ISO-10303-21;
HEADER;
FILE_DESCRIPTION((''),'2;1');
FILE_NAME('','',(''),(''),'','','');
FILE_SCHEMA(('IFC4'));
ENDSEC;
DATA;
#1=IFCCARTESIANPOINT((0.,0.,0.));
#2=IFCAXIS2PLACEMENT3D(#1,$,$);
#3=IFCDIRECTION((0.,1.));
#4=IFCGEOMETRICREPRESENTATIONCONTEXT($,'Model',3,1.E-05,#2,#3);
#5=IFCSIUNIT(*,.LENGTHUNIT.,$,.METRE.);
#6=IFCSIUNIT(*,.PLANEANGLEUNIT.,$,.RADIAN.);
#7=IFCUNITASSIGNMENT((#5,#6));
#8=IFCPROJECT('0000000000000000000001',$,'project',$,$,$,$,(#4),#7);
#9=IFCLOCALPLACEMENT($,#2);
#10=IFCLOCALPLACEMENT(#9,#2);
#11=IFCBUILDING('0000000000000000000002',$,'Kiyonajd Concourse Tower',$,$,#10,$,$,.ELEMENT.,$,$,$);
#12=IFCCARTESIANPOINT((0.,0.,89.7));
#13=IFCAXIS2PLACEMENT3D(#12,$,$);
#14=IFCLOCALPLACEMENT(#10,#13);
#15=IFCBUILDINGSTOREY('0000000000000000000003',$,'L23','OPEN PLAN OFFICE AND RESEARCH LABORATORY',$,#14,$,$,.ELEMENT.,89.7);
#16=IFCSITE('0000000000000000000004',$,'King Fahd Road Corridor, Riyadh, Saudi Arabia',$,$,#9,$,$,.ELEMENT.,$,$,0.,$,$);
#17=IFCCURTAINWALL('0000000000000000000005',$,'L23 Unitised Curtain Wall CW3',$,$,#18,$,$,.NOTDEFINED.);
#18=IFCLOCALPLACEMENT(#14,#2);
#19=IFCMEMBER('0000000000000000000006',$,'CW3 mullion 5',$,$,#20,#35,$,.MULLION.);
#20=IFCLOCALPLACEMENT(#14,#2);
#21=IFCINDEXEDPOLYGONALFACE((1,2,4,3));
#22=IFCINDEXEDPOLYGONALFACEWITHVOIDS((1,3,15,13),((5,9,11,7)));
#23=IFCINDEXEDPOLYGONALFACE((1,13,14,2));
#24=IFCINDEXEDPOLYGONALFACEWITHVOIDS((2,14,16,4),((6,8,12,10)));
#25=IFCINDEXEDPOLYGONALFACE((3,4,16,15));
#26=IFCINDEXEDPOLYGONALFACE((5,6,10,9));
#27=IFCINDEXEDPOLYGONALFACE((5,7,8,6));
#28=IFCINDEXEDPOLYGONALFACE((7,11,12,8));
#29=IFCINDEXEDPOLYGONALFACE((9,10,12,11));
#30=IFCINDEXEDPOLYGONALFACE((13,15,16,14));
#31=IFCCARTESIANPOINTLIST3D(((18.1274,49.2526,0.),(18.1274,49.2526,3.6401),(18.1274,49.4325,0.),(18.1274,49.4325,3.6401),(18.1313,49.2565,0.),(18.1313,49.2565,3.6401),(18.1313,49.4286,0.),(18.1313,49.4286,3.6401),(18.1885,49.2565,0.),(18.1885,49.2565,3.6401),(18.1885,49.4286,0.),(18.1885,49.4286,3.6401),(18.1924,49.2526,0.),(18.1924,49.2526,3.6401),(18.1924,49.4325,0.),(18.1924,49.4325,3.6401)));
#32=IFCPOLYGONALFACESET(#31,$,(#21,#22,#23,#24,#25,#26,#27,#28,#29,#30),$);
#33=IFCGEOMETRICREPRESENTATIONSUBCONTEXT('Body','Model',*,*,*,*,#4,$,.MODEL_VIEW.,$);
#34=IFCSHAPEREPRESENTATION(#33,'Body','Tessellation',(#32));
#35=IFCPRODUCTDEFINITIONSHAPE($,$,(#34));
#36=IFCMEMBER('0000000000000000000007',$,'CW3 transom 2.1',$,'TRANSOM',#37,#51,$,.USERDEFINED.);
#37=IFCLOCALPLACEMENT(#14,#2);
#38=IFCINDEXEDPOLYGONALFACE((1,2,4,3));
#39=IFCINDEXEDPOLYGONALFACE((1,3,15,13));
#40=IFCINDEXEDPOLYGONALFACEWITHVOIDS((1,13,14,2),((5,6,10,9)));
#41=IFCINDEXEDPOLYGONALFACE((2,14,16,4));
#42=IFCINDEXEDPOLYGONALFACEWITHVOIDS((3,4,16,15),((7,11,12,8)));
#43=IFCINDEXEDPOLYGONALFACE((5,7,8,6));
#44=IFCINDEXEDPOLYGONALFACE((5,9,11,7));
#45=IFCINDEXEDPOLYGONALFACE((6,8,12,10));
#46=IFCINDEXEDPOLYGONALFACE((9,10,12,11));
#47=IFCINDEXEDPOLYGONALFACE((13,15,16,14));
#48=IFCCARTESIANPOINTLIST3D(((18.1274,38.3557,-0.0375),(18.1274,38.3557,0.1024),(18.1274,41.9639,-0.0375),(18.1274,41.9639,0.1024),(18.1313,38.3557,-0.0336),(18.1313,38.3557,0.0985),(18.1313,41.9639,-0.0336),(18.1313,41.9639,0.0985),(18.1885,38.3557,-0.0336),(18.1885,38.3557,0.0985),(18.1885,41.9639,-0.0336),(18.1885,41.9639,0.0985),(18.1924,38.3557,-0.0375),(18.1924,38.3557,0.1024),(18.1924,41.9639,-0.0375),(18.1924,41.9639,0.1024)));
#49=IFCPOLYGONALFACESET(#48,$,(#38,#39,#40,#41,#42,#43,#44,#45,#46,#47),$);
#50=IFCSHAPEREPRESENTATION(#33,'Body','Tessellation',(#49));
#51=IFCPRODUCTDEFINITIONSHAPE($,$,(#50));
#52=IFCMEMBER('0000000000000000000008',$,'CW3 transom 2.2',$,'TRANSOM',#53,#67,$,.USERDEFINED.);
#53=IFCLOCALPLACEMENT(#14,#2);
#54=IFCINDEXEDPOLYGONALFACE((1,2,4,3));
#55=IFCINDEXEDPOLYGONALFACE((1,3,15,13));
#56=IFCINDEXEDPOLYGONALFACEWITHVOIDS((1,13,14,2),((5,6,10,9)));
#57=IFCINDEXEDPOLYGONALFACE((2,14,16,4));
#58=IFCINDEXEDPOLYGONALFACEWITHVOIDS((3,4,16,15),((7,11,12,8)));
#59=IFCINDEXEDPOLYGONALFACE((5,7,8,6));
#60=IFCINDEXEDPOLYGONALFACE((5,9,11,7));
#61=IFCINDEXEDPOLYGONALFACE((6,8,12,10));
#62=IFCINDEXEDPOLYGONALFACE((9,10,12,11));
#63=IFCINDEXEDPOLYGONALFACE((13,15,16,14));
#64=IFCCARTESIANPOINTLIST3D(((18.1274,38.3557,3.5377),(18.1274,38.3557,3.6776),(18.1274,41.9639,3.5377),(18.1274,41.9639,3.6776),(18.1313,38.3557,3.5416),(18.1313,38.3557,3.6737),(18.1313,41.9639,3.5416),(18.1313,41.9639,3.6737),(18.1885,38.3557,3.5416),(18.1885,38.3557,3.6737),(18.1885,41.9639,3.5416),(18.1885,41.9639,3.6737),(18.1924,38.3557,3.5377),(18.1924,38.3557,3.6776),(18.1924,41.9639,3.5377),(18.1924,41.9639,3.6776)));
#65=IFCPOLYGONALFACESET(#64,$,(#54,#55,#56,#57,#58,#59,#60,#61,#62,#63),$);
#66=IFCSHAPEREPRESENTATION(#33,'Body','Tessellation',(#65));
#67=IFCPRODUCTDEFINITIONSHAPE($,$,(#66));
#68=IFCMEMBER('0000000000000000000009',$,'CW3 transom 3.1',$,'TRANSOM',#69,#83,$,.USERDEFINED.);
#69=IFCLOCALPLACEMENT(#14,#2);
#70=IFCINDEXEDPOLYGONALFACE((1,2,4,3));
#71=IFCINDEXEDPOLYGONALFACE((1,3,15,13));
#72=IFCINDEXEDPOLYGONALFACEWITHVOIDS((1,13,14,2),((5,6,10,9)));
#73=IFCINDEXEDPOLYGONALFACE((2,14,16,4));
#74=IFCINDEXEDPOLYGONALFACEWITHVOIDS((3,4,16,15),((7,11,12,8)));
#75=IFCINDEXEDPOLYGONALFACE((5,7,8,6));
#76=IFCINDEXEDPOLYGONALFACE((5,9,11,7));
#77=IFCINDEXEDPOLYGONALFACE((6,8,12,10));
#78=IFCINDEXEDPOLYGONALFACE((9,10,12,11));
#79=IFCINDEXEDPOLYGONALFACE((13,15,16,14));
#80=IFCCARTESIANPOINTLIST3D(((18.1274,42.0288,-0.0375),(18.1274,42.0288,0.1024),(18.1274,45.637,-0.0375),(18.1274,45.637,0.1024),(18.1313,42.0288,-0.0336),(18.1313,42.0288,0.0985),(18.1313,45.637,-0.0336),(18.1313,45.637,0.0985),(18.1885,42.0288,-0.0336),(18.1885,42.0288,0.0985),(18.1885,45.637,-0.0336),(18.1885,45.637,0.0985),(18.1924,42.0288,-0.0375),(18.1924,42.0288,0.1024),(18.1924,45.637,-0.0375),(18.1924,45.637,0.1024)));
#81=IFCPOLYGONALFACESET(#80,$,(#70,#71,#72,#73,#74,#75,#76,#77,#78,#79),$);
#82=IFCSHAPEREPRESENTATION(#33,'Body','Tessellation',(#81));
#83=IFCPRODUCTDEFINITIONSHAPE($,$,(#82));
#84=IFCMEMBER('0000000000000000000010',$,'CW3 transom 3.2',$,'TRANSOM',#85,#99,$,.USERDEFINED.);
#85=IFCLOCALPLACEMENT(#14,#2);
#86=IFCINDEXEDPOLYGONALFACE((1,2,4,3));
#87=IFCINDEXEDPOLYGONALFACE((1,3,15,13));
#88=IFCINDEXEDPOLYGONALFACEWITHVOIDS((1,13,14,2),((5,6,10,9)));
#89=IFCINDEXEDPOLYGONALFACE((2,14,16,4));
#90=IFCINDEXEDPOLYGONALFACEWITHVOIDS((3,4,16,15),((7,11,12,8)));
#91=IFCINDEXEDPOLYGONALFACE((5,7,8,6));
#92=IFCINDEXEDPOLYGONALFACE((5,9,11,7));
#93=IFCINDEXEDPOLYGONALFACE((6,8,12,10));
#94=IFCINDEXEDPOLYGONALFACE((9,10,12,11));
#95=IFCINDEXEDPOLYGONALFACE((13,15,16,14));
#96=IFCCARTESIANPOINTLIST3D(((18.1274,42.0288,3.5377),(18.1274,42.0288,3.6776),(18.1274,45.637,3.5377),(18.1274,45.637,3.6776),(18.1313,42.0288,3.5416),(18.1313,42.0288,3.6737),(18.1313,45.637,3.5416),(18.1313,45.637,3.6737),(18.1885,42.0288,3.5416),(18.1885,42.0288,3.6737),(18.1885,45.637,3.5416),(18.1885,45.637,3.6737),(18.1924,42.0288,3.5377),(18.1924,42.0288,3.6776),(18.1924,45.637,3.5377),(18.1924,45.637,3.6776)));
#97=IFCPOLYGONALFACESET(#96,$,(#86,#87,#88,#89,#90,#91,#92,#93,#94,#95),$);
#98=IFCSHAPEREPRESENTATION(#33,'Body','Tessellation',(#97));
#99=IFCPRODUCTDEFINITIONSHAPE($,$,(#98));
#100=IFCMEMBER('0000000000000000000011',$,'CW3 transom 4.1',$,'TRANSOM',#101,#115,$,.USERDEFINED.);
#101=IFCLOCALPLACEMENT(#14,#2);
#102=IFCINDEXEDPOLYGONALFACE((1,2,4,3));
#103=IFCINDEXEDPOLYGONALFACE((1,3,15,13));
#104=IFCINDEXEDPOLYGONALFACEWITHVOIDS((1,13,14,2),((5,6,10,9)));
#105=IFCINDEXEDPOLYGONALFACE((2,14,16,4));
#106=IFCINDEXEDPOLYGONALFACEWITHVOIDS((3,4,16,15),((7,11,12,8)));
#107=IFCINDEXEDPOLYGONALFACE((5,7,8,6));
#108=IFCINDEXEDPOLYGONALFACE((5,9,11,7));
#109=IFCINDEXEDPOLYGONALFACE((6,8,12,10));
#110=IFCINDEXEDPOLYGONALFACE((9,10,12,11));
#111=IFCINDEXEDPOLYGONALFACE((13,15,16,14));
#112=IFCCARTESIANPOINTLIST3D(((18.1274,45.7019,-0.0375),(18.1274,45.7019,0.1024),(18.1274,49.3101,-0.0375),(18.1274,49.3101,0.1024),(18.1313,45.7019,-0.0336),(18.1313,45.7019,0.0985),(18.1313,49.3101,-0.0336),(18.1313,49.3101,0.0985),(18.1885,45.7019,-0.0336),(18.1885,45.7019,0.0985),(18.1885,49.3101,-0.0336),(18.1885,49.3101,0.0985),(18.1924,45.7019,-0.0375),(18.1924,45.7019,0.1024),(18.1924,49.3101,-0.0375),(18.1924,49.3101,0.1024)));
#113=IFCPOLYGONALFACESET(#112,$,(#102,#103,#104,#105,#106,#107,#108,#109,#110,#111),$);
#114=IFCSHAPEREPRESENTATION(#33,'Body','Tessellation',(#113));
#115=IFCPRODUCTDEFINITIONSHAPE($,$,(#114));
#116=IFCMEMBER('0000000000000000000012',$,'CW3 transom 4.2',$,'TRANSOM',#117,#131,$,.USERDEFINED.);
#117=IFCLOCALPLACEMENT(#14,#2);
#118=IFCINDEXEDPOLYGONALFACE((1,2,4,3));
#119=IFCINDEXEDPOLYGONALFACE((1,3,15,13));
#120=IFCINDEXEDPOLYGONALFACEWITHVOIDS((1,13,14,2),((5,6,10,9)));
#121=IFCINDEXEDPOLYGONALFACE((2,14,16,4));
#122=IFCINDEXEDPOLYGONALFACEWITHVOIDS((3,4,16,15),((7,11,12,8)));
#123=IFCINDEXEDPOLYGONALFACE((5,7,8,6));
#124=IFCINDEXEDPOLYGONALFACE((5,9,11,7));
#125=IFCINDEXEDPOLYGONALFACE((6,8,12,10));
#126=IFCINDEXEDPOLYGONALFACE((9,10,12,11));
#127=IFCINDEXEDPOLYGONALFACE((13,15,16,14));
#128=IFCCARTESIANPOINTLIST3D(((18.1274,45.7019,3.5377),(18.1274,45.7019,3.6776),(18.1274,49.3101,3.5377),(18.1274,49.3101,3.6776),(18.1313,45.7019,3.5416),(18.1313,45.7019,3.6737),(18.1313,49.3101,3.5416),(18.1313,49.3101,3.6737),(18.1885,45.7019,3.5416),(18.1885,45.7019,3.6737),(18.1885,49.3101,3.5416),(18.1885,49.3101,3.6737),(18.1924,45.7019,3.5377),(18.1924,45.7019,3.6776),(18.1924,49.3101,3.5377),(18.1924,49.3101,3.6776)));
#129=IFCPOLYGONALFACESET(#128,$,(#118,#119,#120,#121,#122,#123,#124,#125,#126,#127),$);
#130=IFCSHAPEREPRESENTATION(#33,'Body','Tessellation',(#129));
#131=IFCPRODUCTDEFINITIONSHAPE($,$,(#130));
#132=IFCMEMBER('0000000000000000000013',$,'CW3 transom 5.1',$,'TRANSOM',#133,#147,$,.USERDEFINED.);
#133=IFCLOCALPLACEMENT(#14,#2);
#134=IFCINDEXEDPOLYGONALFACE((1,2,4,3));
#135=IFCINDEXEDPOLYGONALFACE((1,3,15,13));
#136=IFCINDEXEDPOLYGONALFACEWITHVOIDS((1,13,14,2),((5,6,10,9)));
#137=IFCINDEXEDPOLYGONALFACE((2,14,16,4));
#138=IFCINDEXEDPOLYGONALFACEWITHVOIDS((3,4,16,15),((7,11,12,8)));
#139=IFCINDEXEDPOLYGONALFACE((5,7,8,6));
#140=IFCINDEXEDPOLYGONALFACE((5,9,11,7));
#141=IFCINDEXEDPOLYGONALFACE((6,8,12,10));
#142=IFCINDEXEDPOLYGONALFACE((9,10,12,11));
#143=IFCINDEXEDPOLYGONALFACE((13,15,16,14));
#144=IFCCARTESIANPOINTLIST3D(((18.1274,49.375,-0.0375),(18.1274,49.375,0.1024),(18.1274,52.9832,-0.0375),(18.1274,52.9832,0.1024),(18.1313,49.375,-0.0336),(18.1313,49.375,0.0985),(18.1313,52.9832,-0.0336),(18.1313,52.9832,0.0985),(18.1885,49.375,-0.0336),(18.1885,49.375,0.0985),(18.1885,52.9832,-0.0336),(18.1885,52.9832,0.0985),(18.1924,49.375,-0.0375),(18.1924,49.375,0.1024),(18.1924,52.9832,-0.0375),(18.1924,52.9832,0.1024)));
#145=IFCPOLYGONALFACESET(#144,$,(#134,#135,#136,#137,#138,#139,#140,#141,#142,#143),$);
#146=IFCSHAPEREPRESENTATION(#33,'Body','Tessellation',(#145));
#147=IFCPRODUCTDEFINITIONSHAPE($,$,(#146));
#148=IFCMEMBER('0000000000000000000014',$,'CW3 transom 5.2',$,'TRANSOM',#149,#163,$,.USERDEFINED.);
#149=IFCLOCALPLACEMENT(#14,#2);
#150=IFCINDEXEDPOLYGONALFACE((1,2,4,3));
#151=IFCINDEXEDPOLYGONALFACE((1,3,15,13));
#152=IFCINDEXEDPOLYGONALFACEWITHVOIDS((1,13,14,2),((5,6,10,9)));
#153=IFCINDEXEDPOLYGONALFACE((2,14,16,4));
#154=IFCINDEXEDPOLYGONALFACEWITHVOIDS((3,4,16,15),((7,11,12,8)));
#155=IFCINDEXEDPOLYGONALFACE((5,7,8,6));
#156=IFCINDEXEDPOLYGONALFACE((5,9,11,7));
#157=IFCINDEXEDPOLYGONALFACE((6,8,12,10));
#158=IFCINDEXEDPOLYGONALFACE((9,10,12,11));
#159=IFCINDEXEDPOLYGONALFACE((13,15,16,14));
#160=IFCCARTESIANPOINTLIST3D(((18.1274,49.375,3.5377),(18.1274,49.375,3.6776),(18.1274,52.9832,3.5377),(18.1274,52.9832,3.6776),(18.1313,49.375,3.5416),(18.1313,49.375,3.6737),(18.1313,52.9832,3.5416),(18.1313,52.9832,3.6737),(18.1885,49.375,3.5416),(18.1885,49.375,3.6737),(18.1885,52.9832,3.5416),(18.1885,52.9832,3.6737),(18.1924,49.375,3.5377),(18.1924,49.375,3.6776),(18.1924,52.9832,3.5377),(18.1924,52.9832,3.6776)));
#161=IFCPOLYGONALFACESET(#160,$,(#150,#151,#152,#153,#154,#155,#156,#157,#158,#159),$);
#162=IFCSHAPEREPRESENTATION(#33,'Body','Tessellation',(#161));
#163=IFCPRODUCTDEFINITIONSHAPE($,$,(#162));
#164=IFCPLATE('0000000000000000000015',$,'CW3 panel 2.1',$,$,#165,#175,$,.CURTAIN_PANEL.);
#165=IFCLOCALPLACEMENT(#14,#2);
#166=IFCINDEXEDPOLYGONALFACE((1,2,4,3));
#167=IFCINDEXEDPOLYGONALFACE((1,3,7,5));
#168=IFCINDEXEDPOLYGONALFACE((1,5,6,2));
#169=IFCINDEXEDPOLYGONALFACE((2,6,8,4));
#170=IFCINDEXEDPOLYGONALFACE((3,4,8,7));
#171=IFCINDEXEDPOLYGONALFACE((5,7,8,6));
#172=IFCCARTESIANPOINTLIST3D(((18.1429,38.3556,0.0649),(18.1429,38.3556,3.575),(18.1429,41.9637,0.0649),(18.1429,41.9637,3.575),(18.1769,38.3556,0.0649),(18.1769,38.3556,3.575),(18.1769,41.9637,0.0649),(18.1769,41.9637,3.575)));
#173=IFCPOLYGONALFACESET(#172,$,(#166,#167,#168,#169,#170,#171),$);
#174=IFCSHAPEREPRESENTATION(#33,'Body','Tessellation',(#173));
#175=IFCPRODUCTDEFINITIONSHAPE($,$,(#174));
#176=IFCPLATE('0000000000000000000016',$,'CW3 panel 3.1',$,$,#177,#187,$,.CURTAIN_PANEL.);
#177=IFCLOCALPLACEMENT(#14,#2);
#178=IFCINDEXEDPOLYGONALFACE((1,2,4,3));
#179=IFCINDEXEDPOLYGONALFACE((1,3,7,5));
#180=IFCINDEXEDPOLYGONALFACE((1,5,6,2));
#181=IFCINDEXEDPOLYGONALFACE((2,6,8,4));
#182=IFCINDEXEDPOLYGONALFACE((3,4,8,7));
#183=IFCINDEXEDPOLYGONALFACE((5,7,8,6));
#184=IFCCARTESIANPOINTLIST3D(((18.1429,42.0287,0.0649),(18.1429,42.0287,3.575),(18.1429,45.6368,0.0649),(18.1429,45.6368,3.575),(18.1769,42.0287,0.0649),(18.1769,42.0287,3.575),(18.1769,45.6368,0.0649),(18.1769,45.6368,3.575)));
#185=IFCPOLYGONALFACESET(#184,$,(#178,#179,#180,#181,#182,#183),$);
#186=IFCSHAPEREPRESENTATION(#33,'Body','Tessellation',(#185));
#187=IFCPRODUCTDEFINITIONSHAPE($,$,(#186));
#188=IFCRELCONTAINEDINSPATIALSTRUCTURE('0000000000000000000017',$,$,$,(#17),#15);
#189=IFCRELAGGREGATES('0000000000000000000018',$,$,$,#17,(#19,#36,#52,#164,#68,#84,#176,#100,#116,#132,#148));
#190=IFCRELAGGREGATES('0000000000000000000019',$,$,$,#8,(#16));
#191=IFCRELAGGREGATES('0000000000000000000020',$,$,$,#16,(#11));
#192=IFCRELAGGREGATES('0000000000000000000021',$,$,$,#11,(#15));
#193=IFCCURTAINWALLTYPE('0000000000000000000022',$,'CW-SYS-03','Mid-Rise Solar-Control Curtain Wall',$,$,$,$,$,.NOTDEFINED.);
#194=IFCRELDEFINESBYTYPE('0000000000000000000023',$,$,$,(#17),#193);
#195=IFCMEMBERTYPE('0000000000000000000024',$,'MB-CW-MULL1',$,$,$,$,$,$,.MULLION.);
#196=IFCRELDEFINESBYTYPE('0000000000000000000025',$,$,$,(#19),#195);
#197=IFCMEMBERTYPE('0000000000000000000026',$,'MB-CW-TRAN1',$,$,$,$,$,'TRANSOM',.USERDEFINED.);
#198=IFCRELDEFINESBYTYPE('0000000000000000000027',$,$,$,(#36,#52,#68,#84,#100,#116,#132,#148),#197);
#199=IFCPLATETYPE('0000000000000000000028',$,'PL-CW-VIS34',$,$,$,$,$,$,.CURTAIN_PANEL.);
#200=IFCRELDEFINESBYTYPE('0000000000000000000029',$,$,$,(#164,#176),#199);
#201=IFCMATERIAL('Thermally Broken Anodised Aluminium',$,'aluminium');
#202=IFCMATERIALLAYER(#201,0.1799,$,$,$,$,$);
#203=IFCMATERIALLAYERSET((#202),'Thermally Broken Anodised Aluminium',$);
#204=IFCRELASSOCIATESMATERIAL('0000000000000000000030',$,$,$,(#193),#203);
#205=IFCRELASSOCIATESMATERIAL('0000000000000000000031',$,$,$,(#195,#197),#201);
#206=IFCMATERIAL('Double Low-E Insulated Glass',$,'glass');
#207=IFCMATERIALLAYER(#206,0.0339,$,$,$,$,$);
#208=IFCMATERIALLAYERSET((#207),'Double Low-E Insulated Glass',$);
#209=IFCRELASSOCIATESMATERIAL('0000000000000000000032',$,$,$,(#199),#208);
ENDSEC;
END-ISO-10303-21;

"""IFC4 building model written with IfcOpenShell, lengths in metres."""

from ifc_helpers import new_model, si_unit, direction, frame, origin, origin_2d, place, context, subcontext, project, spatial, rectangle, hollow_rectangle, extrude, material, layer, layer_set, material_profile, profile_set, type_object, element, aggregate, save


model = new_model("IFC4")

# Units and contexts
model_context = context("Model", 3, precision=1e-05, world=origin(), true_north=direction((0.0, 1.0)))
body_context = subcontext(model_context, "Body", "Model", "MODEL_VIEW")
ifc_project = project(units=[si_unit("LENGTHUNIT", "METRE"), si_unit("PLANEANGLEUNIT", "RADIAN")], contexts=[model_context])

# Site, building, storey
site_placement = place(None, origin())
site = spatial("IfcSite", under=ifc_project, at=site_placement, Name="King Fahd Road Corridor, Riyadh, Saudi Arabia", CompositionType="ELEMENT", RefElevation=0.0)
building_placement = place(site_placement, origin())
building = spatial("IfcBuilding", under=site, at=building_placement, Name="Kiyonajd Concourse Tower", CompositionType="ELEMENT")
storey_placement = place(building_placement, frame((0.0, 0.0, 89.7)))
storey = spatial("IfcBuildingStorey", under=building, at=storey_placement, Name="L23", Description="OPEN PLAN OFFICE AND RESEARCH LABORATORY", CompositionType="ELEMENT", Elevation=89.7)

# Curtain wall, members, plates
ifc_material_1 = material(Name="Thermally Broken Anodised Aluminium", Category="aluminium")
ifc_layer_1 = layer(ifc_material_1, 0.1799)
ifc_layer_set_1 = layer_set([ifc_layer_1], Name="Thermally Broken Anodised Aluminium")
curtain_wall_type = type_object("IfcCurtainWallType", Name="CW-SYS-03", Description="Mid-Rise Solar-Control Curtain Wall", PredefinedType="NOTDEFINED", material=ifc_layer_set_1)
curtain_wall_placement = place(storey_placement, origin())
curtain_wall = element("IfcCurtainWall", 1, at=curtain_wall_placement, inside=storey, type_object=curtain_wall_type, Name="L23 Unitised Curtain Wall CW3", PredefinedType="NOTDEFINED")
ifc_material_profile_1 = material_profile(ifc_material_1, hollow_rectangle(XDim=0.0649, YDim=0.1799, WallThickness=0.0039, at=origin_2d()), Name="MULL-65x180")
ifc_profile_set_1 = profile_set([ifc_material_profile_1], Name="Thermally Broken Anodised Aluminium")
member_type_1 = type_object("IfcMemberType", Name="MB-CW-MULL1", PredefinedType="MULLION", material=ifc_profile_set_1)
member_1_placement = place(storey_placement, frame((18.1599, 49.3425, 0.0), z_axis=(0.0, 0.0, 1.0), x_axis=(-1.0, 0.0, 0.0)))
member_1 = element("IfcMember", 2, at=member_1_placement, type_object=member_type_1, Name="CW3 mullion 5", PredefinedType="MULLION", context=body_context, shape_type="SweptSolid", body=[
    extrude(hollow_rectangle(XDim=0.0649, YDim=0.1799, WallThickness=0.0039, at=origin_2d()), origin(), (0.0, 0.0, 1.0), 3.6401),
])
ifc_material_profile_2 = material_profile(ifc_material_1, hollow_rectangle(XDim=0.0649, YDim=0.1399, WallThickness=0.0039, at=origin_2d()), Name="TRAN-65x140")
ifc_profile_set_2 = profile_set([ifc_material_profile_2], Name="Thermally Broken Anodised Aluminium")
member_type_2 = type_object("IfcMemberType", Name="MB-CW-TRAN1", ElementType="TRANSOM", PredefinedType="USERDEFINED", material=ifc_profile_set_2)
member_2_placement = place(storey_placement, frame((18.1599, 38.3557, 0.0325), z_axis=(0.0, 1.0, 0.0), x_axis=(-1.0, 0.0, 0.0)))
member_2 = element("IfcMember", 3, at=member_2_placement, type_object=member_type_2, Name="CW3 transom 2.1", ObjectType="TRANSOM", PredefinedType="USERDEFINED", context=body_context, shape_type="SweptSolid", body=[
    extrude(hollow_rectangle(XDim=0.0649, YDim=0.1399, WallThickness=0.0039, at=origin_2d()), origin(), (0.0, 0.0, 1.0), 3.6082),
])
member_3_placement = place(storey_placement, frame((18.1599, 38.3557, 3.6077), z_axis=(0.0, 1.0, 0.0), x_axis=(-1.0, 0.0, 0.0)))
member_3 = element("IfcMember", 4, at=member_3_placement, type_object=member_type_2, Name="CW3 transom 2.2", ObjectType="TRANSOM", PredefinedType="USERDEFINED", context=body_context, shape_type="SweptSolid", body=[
    extrude(hollow_rectangle(XDim=0.0649, YDim=0.1399, WallThickness=0.0039, at=origin_2d()), origin(), (0.0, 0.0, 1.0), 3.6082),
])
member_4_placement = place(storey_placement, frame((18.1599, 42.0288, 0.0325), z_axis=(0.0, 1.0, 0.0), x_axis=(-1.0, 0.0, 0.0)))
member_4 = element("IfcMember", 5, at=member_4_placement, type_object=member_type_2, Name="CW3 transom 3.1", ObjectType="TRANSOM", PredefinedType="USERDEFINED", context=body_context, shape_type="SweptSolid", body=[
    extrude(hollow_rectangle(XDim=0.0649, YDim=0.1399, WallThickness=0.0039, at=origin_2d()), origin(), (0.0, 0.0, 1.0), 3.6082),
])
member_5_placement = place(storey_placement, frame((18.1599, 42.0288, 3.6077), z_axis=(0.0, 1.0, 0.0), x_axis=(-1.0, 0.0, 0.0)))
member_5 = element("IfcMember", 6, at=member_5_placement, type_object=member_type_2, Name="CW3 transom 3.2", ObjectType="TRANSOM", PredefinedType="USERDEFINED", context=body_context, shape_type="SweptSolid", body=[
    extrude(hollow_rectangle(XDim=0.0649, YDim=0.1399, WallThickness=0.0039, at=origin_2d()), origin(), (0.0, 0.0, 1.0), 3.6082),
])
member_6_placement = place(storey_placement, frame((18.1599, 45.7019, 0.0325), z_axis=(0.0, 1.0, 0.0), x_axis=(-1.0, 0.0, 0.0)))
member_6 = element("IfcMember", 7, at=member_6_placement, type_object=member_type_2, Name="CW3 transom 4.1", ObjectType="TRANSOM", PredefinedType="USERDEFINED", context=body_context, shape_type="SweptSolid", body=[
    extrude(hollow_rectangle(XDim=0.0649, YDim=0.1399, WallThickness=0.0039, at=origin_2d()), origin(), (0.0, 0.0, 1.0), 3.6082),
])
member_7_placement = place(storey_placement, frame((18.1599, 45.7019, 3.6077), z_axis=(0.0, 1.0, 0.0), x_axis=(-1.0, 0.0, 0.0)))
member_7 = element("IfcMember", 8, at=member_7_placement, type_object=member_type_2, Name="CW3 transom 4.2", ObjectType="TRANSOM", PredefinedType="USERDEFINED", context=body_context, shape_type="SweptSolid", body=[
    extrude(hollow_rectangle(XDim=0.0649, YDim=0.1399, WallThickness=0.0039, at=origin_2d()), origin(), (0.0, 0.0, 1.0), 3.6082),
])
member_8_placement = place(storey_placement, frame((18.1599, 49.375, 0.0325), z_axis=(0.0, 1.0, 0.0), x_axis=(-1.0, 0.0, 0.0)))
member_8 = element("IfcMember", 9, at=member_8_placement, type_object=member_type_2, Name="CW3 transom 5.1", ObjectType="TRANSOM", PredefinedType="USERDEFINED", context=body_context, shape_type="SweptSolid", body=[
    extrude(hollow_rectangle(XDim=0.0649, YDim=0.1399, WallThickness=0.0039, at=origin_2d()), origin(), (0.0, 0.0, 1.0), 3.6082),
])
member_9_placement = place(storey_placement, frame((18.1599, 49.375, 3.6077), z_axis=(0.0, 1.0, 0.0), x_axis=(-1.0, 0.0, 0.0)))
member_9 = element("IfcMember", 10, at=member_9_placement, type_object=member_type_2, Name="CW3 transom 5.2", ObjectType="TRANSOM", PredefinedType="USERDEFINED", context=body_context, shape_type="SweptSolid", body=[
    extrude(hollow_rectangle(XDim=0.0649, YDim=0.1399, WallThickness=0.0039, at=origin_2d()), origin(), (0.0, 0.0, 1.0), 3.6082),
])
ifc_material_2 = material(Name="Double Low-E Insulated Glass", Category="glass")
ifc_layer_2 = layer(ifc_material_2, 0.0339)
ifc_layer_set_2 = layer_set([ifc_layer_2], Name="Double Low-E Insulated Glass")
plate_type = type_object("IfcPlateType", Name="PL-CW-VIS34", PredefinedType="CURTAIN_PANEL", material=ifc_layer_set_2)
plate_1_placement = place(storey_placement, frame((18.1599, 40.1597, 0.0649), z_axis=(0.0, 0.0, 1.0), x_axis=(0.0, 1.0, 0.0)))
plate_1 = element("IfcPlate", 11, at=plate_1_placement, type_object=plate_type, Name="CW3 panel 2.1", PredefinedType="CURTAIN_PANEL", context=body_context, shape_type="SweptSolid", body=[
    extrude(rectangle(XDim=3.6082, YDim=0.0339, at=origin_2d()), origin(), (0.0, 0.0, 1.0), 3.51),
])
plate_2_placement = place(storey_placement, frame((18.1599, 43.8328, 0.0649), z_axis=(0.0, 0.0, 1.0), x_axis=(0.0, 1.0, 0.0)))
plate_2 = element("IfcPlate", 12, at=plate_2_placement, type_object=plate_type, Name="CW3 panel 3.1", PredefinedType="CURTAIN_PANEL", context=body_context, shape_type="SweptSolid", body=[
    extrude(rectangle(XDim=3.6082, YDim=0.0339, at=origin_2d()), origin(), (0.0, 0.0, 1.0), 3.51),
])
aggregate(curtain_wall, [member_1, member_2, member_3, plate_1, member_4, member_5, plate_2, member_6, member_7, member_8, member_9])

save(model, "model.ifc")
